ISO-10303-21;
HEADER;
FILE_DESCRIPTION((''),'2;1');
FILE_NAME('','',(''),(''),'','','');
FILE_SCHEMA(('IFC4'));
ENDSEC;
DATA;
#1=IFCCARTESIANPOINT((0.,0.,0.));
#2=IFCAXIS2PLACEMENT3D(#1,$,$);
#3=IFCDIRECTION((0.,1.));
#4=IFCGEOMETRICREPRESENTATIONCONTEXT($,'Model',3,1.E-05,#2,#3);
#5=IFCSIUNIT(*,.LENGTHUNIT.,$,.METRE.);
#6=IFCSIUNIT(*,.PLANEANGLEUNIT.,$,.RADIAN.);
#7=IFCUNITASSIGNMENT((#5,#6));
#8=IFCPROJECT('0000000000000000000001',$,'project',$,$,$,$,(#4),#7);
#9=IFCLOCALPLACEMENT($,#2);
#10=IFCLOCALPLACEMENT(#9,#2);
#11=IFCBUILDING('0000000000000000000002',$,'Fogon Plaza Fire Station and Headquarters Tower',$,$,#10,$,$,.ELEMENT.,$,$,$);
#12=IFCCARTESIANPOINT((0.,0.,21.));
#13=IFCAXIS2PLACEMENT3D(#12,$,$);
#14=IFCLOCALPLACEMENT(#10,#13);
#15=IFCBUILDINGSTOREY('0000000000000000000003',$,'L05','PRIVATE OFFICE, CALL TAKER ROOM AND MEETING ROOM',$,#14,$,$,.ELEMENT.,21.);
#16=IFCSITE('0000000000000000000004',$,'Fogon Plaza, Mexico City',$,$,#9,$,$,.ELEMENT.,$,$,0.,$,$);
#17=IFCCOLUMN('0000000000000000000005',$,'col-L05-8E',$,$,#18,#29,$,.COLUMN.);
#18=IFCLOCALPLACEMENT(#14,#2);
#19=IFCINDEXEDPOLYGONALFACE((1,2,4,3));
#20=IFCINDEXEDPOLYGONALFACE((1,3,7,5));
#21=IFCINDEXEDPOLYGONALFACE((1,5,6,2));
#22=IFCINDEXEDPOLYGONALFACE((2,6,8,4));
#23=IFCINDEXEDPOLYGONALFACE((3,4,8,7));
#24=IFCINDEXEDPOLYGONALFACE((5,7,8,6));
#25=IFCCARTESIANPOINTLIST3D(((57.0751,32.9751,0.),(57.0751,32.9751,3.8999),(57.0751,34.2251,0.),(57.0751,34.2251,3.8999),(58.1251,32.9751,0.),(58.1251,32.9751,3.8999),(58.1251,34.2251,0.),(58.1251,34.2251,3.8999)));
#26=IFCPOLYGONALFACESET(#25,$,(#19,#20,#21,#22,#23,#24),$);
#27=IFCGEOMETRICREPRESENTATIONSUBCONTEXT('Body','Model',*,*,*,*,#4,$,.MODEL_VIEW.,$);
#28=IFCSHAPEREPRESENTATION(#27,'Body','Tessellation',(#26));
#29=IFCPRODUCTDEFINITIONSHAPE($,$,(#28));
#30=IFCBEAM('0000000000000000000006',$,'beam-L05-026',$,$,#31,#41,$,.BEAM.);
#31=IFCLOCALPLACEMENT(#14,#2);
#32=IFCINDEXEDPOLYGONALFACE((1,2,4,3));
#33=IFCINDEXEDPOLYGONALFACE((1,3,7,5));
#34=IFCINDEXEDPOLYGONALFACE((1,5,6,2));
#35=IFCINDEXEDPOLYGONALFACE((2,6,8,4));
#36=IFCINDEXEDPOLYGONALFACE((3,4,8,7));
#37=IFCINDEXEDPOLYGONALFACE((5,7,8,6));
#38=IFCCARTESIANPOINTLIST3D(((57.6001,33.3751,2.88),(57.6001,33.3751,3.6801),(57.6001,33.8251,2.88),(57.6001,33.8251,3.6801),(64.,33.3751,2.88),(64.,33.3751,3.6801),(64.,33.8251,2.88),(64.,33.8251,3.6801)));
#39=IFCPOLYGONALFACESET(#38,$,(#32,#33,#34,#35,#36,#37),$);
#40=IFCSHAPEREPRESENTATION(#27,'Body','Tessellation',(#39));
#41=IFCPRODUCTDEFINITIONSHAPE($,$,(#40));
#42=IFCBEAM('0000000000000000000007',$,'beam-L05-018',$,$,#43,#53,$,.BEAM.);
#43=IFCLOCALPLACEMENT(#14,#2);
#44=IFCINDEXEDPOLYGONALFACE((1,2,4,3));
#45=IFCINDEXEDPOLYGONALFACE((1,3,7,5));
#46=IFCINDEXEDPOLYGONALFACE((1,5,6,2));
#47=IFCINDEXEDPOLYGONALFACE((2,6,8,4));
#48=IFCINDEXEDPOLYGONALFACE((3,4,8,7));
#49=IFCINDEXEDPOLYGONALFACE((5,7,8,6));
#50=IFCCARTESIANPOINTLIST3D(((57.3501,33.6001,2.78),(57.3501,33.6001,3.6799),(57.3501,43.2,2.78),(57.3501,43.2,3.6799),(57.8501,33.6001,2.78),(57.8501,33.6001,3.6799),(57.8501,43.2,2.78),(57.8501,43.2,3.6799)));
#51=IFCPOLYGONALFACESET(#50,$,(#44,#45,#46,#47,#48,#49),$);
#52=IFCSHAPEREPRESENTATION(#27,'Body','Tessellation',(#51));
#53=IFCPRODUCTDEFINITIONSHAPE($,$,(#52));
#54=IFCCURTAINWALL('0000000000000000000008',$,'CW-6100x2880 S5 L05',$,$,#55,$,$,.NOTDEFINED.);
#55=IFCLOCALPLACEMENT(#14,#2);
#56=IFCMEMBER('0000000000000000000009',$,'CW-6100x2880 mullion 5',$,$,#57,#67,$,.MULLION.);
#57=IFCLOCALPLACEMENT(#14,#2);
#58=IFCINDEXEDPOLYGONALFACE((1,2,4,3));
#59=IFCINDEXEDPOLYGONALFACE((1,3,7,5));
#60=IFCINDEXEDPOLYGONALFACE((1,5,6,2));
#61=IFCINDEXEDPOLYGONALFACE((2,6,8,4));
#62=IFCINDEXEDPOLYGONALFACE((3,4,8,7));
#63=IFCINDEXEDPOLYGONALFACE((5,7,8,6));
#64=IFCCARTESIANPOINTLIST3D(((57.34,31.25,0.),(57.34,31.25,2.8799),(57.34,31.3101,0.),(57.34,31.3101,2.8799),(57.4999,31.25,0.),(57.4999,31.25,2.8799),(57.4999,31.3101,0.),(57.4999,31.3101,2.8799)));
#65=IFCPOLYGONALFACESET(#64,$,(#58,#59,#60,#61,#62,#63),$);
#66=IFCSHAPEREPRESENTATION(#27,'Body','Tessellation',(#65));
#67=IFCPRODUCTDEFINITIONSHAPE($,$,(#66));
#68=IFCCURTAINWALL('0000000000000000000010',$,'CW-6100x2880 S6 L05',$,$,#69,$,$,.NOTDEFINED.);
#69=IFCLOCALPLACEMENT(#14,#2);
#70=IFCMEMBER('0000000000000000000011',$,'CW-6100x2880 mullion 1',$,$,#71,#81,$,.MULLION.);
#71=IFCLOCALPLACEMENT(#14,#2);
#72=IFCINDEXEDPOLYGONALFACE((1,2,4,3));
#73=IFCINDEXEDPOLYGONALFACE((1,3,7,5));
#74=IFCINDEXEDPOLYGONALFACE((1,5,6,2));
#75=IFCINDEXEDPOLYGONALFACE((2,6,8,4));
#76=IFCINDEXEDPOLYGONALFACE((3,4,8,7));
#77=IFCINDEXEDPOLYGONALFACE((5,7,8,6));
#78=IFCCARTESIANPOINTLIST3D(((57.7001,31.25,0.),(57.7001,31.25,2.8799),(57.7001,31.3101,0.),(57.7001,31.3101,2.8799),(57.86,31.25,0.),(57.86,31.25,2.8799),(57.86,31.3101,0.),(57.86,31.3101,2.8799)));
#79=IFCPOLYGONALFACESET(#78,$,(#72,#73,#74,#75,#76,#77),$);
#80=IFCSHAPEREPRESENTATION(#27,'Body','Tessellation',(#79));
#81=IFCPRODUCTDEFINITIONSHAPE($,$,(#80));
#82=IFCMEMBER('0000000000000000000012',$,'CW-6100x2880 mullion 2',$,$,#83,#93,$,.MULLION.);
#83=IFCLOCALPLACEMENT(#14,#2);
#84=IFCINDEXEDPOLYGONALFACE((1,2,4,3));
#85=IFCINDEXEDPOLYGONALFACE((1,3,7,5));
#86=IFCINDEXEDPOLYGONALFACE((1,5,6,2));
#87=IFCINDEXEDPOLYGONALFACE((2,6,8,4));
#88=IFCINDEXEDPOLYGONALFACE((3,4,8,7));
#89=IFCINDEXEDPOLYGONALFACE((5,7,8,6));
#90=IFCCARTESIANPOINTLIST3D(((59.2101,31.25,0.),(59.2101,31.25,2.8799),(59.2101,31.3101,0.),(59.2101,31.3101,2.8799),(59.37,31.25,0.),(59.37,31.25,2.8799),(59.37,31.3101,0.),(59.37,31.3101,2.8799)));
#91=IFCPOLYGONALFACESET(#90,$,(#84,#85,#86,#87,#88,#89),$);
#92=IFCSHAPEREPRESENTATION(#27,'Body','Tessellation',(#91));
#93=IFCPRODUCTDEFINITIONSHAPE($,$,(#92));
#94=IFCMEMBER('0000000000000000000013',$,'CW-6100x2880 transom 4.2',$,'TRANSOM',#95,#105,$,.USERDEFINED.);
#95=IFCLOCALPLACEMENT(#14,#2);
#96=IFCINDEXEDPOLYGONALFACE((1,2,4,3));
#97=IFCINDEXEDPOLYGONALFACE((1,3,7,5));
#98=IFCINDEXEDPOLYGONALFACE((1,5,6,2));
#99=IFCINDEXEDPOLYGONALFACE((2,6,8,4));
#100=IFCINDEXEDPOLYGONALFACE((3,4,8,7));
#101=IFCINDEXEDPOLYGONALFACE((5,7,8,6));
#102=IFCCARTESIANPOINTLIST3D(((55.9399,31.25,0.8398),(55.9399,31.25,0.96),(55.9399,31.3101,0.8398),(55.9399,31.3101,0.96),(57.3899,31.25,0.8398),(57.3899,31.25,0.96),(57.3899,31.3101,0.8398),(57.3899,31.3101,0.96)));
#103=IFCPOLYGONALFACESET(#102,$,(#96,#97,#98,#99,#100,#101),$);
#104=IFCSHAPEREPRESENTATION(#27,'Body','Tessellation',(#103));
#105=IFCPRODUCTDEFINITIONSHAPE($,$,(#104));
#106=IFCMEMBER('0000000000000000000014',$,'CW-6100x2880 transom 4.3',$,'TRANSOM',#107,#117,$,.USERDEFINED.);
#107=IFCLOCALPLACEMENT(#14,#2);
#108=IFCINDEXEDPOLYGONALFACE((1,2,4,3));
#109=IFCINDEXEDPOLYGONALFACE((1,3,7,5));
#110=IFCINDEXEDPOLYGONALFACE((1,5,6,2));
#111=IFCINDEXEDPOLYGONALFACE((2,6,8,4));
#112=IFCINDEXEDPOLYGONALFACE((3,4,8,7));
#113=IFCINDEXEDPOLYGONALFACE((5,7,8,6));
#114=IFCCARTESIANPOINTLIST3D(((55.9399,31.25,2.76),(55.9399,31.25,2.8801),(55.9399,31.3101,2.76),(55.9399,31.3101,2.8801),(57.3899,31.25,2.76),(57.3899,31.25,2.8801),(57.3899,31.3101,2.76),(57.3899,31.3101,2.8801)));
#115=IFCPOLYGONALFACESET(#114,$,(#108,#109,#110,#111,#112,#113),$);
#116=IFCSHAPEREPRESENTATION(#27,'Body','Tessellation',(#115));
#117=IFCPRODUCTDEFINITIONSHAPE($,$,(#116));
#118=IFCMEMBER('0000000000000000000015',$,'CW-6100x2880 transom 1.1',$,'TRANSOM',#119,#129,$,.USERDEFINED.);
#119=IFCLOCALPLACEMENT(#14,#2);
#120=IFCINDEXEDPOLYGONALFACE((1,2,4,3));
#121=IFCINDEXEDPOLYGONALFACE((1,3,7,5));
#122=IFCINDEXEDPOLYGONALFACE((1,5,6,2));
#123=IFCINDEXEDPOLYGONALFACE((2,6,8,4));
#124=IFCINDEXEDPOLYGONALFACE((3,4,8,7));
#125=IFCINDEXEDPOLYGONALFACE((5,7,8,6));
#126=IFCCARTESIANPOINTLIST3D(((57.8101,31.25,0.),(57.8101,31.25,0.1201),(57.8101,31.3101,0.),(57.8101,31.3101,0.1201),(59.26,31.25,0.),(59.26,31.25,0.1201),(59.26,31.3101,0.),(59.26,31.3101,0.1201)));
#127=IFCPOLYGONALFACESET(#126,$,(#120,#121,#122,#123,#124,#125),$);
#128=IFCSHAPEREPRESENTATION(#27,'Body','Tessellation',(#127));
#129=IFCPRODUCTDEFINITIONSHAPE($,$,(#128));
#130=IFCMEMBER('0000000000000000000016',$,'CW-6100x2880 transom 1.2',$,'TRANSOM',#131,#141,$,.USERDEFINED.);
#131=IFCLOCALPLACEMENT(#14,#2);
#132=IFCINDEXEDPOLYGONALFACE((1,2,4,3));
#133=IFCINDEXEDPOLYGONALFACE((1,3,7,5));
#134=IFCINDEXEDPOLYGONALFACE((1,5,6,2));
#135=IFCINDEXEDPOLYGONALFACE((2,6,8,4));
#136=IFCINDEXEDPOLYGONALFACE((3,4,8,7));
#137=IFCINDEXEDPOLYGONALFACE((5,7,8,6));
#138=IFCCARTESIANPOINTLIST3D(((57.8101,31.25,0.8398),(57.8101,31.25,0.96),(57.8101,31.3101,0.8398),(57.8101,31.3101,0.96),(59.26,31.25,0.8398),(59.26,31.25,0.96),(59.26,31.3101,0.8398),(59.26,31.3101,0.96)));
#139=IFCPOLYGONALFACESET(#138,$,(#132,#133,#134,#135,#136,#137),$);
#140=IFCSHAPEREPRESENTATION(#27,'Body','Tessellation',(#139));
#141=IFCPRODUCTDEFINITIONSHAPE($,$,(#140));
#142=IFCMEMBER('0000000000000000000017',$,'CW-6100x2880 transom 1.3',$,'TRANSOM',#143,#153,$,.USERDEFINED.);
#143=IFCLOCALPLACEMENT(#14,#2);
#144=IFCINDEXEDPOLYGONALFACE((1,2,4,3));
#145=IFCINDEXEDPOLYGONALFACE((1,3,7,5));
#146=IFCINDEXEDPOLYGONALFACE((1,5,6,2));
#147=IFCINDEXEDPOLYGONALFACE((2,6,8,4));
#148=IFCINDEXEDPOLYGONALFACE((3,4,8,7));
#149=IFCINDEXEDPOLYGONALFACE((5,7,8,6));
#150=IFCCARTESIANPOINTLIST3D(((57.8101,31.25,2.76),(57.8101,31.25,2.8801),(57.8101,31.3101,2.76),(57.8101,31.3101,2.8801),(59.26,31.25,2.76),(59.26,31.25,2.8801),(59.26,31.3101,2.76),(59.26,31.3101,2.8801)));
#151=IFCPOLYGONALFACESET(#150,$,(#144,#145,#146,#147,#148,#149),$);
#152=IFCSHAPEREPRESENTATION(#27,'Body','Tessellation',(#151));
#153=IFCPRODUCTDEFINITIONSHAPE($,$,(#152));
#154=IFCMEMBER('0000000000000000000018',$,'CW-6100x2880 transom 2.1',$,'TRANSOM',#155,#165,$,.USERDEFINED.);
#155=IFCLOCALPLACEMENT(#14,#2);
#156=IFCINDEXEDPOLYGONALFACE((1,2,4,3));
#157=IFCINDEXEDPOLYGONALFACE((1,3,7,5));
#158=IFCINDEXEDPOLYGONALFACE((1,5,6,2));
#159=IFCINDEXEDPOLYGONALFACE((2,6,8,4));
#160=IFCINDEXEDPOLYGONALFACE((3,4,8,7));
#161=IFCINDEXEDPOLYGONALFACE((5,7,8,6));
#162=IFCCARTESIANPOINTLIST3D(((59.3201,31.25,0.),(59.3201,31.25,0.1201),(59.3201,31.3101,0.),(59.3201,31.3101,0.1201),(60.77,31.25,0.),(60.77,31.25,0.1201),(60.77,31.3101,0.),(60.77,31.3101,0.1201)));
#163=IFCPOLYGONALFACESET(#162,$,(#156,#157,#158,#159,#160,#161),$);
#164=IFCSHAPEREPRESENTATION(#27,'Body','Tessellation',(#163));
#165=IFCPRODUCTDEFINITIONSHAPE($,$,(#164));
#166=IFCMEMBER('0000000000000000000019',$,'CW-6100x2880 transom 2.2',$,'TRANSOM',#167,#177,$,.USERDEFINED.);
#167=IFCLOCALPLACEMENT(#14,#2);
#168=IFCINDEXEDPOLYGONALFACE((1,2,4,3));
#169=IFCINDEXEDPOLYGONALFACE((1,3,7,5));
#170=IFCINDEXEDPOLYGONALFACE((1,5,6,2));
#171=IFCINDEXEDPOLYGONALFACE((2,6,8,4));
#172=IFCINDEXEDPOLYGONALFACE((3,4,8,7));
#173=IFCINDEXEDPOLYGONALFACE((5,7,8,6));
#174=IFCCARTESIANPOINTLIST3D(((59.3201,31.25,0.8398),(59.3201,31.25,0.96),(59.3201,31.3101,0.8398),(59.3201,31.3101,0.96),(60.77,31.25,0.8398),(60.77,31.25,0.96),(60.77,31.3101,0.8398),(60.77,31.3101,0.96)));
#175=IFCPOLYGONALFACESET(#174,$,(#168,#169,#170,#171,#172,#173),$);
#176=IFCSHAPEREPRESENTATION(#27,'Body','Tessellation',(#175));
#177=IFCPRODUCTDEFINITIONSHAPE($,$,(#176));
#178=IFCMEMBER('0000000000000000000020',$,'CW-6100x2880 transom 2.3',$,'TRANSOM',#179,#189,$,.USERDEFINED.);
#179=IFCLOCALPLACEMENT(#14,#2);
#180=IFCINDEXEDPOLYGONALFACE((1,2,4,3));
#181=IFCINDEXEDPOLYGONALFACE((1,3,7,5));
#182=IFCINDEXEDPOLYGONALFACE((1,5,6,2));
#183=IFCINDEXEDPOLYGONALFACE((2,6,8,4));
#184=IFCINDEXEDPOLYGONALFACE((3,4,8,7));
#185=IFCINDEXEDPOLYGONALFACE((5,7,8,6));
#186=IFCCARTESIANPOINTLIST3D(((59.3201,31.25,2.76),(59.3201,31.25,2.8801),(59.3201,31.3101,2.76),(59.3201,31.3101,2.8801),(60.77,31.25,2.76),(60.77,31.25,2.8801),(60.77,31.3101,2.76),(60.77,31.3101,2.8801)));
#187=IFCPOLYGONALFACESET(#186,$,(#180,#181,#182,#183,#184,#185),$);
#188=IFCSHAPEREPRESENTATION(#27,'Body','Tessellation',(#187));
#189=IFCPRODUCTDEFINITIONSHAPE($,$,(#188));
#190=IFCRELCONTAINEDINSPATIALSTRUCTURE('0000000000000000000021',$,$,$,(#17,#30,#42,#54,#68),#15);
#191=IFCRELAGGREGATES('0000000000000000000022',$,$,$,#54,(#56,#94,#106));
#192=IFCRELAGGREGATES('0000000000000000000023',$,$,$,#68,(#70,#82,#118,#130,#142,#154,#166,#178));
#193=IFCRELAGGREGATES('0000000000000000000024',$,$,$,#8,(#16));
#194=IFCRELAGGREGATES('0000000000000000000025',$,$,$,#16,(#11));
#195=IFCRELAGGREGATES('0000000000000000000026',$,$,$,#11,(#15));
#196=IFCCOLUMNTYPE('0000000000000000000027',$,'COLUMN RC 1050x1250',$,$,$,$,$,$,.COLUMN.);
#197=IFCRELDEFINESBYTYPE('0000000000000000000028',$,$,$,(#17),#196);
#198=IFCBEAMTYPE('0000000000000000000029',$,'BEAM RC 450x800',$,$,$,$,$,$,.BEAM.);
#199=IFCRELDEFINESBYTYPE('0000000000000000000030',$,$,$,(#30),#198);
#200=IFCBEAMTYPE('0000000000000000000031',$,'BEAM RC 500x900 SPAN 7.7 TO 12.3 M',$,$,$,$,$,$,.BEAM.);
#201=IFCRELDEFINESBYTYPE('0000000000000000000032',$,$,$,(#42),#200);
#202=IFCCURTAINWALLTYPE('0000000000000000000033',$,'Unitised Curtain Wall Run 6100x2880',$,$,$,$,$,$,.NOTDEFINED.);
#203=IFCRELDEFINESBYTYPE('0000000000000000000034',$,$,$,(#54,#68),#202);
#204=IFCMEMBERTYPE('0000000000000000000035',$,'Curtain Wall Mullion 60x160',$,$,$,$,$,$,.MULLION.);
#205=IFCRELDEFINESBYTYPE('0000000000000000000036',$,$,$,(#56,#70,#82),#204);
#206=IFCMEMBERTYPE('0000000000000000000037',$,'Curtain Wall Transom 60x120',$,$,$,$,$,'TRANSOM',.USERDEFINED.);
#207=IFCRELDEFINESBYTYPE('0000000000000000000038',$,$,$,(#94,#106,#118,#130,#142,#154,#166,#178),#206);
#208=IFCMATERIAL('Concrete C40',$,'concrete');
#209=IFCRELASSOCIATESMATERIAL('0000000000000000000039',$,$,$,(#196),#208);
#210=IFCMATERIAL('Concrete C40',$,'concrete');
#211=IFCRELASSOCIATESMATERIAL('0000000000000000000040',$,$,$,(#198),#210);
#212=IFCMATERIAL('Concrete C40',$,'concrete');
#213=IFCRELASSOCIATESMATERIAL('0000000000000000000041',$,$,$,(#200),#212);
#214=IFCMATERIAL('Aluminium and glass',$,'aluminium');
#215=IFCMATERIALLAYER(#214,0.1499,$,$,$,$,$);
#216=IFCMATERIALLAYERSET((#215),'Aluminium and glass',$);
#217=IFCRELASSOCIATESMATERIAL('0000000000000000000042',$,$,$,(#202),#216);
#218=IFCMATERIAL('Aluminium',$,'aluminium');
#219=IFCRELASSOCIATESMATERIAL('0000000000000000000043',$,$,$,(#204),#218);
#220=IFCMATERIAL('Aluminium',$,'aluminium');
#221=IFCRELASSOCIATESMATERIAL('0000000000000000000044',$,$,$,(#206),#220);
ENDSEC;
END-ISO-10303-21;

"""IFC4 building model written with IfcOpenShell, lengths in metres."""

from ifc_helpers import new_model, si_unit, direction, frame, origin, origin_2d, place, context, subcontext, project, spatial, rectangle, extrude, material, layer, layer_set, material_profile, profile_set, type_object, element, aggregate, save


model = new_model("IFC4")

# Units and contexts
model_context = context("Model", 3, precision=1e-05, world=origin(), true_north=direction((0.0, 1.0)))
body_context = subcontext(model_context, "Body", "Model", "MODEL_VIEW")
ifc_project = project(units=[si_unit("LENGTHUNIT", "METRE"), si_unit("PLANEANGLEUNIT", "RADIAN")], contexts=[model_context])

# Site, building, storey
site_placement = place(None, origin())
site = spatial("IfcSite", under=ifc_project, at=site_placement, Name="Fogon Plaza, Mexico City", CompositionType="ELEMENT", RefElevation=0.0)
building_placement = place(site_placement, origin())
building = spatial("IfcBuilding", under=site, at=building_placement, Name="Fogon Plaza Fire Station and Headquarters Tower", CompositionType="ELEMENT")
storey_placement = place(building_placement, frame((0.0, 0.0, 21.0)))
storey = spatial("IfcBuildingStorey", under=building, at=storey_placement, Name="L05", Description="PRIVATE OFFICE, CALL TAKER ROOM AND MEETING ROOM", CompositionType="ELEMENT", Elevation=21.0)

# Column
ifc_material_1 = material(Name="Concrete C40", Category="concrete")
ifc_material_profile_1 = material_profile(ifc_material_1, rectangle(XDim=1.05, YDim=1.25, at=origin_2d()), Name="RC 1050x1250")
ifc_profile_set_1 = profile_set([ifc_material_profile_1], Name="Concrete C40")
column_type = type_object("IfcColumnType", Name="COLUMN RC 1050x1250", PredefinedType="COLUMN", material=ifc_profile_set_1)
column_placement = place(storey_placement, frame((57.6001, 33.6001, 0.0), z_axis=(0.0, 0.0, 1.0), x_axis=(1.0, 0.0, 0.0)))
element("IfcColumn", 1, at=column_placement, inside=storey, type_object=column_type, Name="col-L05-8E", PredefinedType="COLUMN", context=body_context, shape_type="SweptSolid", body=[
    extrude(rectangle(XDim=1.05, YDim=1.25, at=origin_2d()), origin(), (0.0, 0.0, 1.0), 3.8999),
])

# Beams
ifc_material_2 = material(Name="Concrete C40", Category="concrete")
ifc_material_profile_2 = material_profile(ifc_material_2, rectangle(XDim=0.45, YDim=0.8, at=origin_2d()), Name="RC 450x800")
ifc_profile_set_2 = profile_set([ifc_material_profile_2], Name="Concrete C40")
beam_type_1 = type_object("IfcBeamType", Name="BEAM RC 450x800", PredefinedType="BEAM", material=ifc_profile_set_2)
beam_1_placement = place(storey_placement, frame((57.6001, 33.6001, 3.28), z_axis=(1.0, 0.0, 0.0), x_axis=(0.0, 1.0, 0.0)))
element("IfcBeam", 2, at=beam_1_placement, inside=storey, type_object=beam_type_1, Name="beam-L05-026", PredefinedType="BEAM", context=body_context, shape_type="SweptSolid", body=[
    extrude(rectangle(XDim=0.45, YDim=0.8, at=origin_2d()), origin(), (0.0, 0.0, 1.0), 6.3999),
])
ifc_material_3 = material(Name="Concrete C40", Category="concrete")
ifc_material_profile_3 = material_profile(ifc_material_3, rectangle(XDim=0.5, YDim=0.8999, at=origin_2d()), Name="RC 500x900")
ifc_profile_set_3 = profile_set([ifc_material_profile_3], Name="Concrete C40")
beam_type_2 = type_object("IfcBeamType", Name="BEAM RC 500x900 SPAN 7.7 TO 12.3 M", PredefinedType="BEAM", material=ifc_profile_set_3)
beam_2_placement = place(storey_placement, frame((57.6001, 33.6001, 3.23), z_axis=(0.0, 1.0, 0.0), x_axis=(-1.0, 0.0, 0.0)))
element("IfcBeam", 3, at=beam_2_placement, inside=storey, type_object=beam_type_2, Name="beam-L05-018", PredefinedType="BEAM", context=body_context, shape_type="SweptSolid", body=[
    extrude(rectangle(XDim=0.5, YDim=0.8999, at=origin_2d()), origin(), (0.0, 0.0, 1.0), 9.5999),
])

# Curtain wall, member
ifc_material_4 = material(Name="Aluminium and glass", Category="aluminium")
ifc_layer_1 = layer(ifc_material_4, 0.1499)
ifc_layer_set_1 = layer_set([ifc_layer_1], Name="Aluminium and glass")
curtain_wall_type = type_object("IfcCurtainWallType", Name="Unitised Curtain Wall Run 6100x2880", PredefinedType="NOTDEFINED", material=ifc_layer_set_1)
curtain_wall_1_placement = place(storey_placement, origin())
curtain_wall_1 = element("IfcCurtainWall", 4, at=curtain_wall_1_placement, inside=storey, type_object=curtain_wall_type, Name="CW-6100x2880 S5 L05", PredefinedType="NOTDEFINED")
ifc_material_5 = material(Name="Aluminium", Category="aluminium")
ifc_material_profile_4 = material_profile(ifc_material_5, rectangle(XDim=0.0601, YDim=0.1599, at=origin_2d()), Name="Curtain Wall Mullion 60x160")
ifc_profile_set_4 = profile_set([ifc_material_profile_4], Name="Aluminium")
member_type_1 = type_object("IfcMemberType", Name="Curtain Wall Mullion 60x160", PredefinedType="MULLION", material=ifc_profile_set_4)
member_1_placement = place(storey_placement, frame((57.4199, 31.28, 0.0), z_axis=(0.0, 0.0, 1.0), x_axis=(0.0, 1.0, 0.0)))
member_1 = element("IfcMember", 5, at=member_1_placement, type_object=member_type_1, Name="CW-6100x2880 mullion 5", PredefinedType="MULLION", context=body_context, shape_type="SweptSolid", body=[
    extrude(rectangle(XDim=0.0601, YDim=0.1599, at=origin_2d()), origin(), (0.0, 0.0, 1.0), 2.8799),
])

# Curtain wall, members
curtain_wall_2_placement = place(storey_placement, origin())
curtain_wall_2 = element("IfcCurtainWall", 6, at=curtain_wall_2_placement, inside=storey, type_object=curtain_wall_type, Name="CW-6100x2880 S6 L05", PredefinedType="NOTDEFINED")
member_2_placement = place(storey_placement, frame((57.78, 31.28, 0.0), z_axis=(0.0, 0.0, 1.0), x_axis=(0.0, 1.0, 0.0)))
member_2 = element("IfcMember", 7, at=member_2_placement, type_object=member_type_1, Name="CW-6100x2880 mullion 1", PredefinedType="MULLION", context=body_context, shape_type="SweptSolid", body=[
    extrude(rectangle(XDim=0.0601, YDim=0.1599, at=origin_2d()), origin(), (0.0, 0.0, 1.0), 2.8799),
])
member_3_placement = place(storey_placement, frame((59.29, 31.28, 0.0), z_axis=(0.0, 0.0, 1.0), x_axis=(0.0, 1.0, 0.0)))
member_3 = element("IfcMember", 8, at=member_3_placement, type_object=member_type_1, Name="CW-6100x2880 mullion 2", PredefinedType="MULLION", context=body_context, shape_type="SweptSolid", body=[
    extrude(rectangle(XDim=0.0601, YDim=0.1599, at=origin_2d()), origin(), (0.0, 0.0, 1.0), 2.8799),
])

# Members
ifc_material_6 = material(Name="Aluminium", Category="aluminium")
ifc_material_profile_5 = material_profile(ifc_material_6, rectangle(XDim=0.0601, YDim=0.1201, at=origin_2d()), Name="Curtain Wall Transom 60x120")
ifc_profile_set_5 = profile_set([ifc_material_profile_5], Name="Aluminium")
member_type_2 = type_object("IfcMemberType", Name="Curtain Wall Transom 60x120", ElementType="TRANSOM", PredefinedType="USERDEFINED", material=ifc_profile_set_5)
member_4_placement = place(storey_placement, frame((55.9399, 31.28, 0.8999), z_axis=(1.0, 0.0, 0.0), x_axis=(0.0, 1.0, 0.0)))
member_4 = element("IfcMember", 9, at=member_4_placement, type_object=member_type_2, Name="CW-6100x2880 transom 4.2", ObjectType="TRANSOM", PredefinedType="USERDEFINED", context=body_context, shape_type="SweptSolid", body=[
    extrude(rectangle(XDim=0.0601, YDim=0.1201, at=origin_2d()), origin(), (0.0, 0.0, 1.0), 1.45),
])
member_5_placement = place(storey_placement, frame((55.9399, 31.28, 2.8201), z_axis=(1.0, 0.0, 0.0), x_axis=(0.0, 1.0, 0.0)))
member_5 = element("IfcMember", 10, at=member_5_placement, type_object=member_type_2, Name="CW-6100x2880 transom 4.3", ObjectType="TRANSOM", PredefinedType="USERDEFINED", context=body_context, shape_type="SweptSolid", body=[
    extrude(rectangle(XDim=0.0601, YDim=0.1201, at=origin_2d()), origin(), (0.0, 0.0, 1.0), 1.45),
])
member_6_placement = place(storey_placement, frame((57.8101, 31.28, 0.0601), z_axis=(1.0, 0.0, 0.0), x_axis=(0.0, 1.0, 0.0)))
member_6 = element("IfcMember", 11, at=member_6_placement, type_object=member_type_2, Name="CW-6100x2880 transom 1.1", ObjectType="TRANSOM", PredefinedType="USERDEFINED", context=body_context, shape_type="SweptSolid", body=[
    extrude(rectangle(XDim=0.0601, YDim=0.1201, at=origin_2d()), origin(), (0.0, 0.0, 1.0), 1.45),
])
member_7_placement = place(storey_placement, frame((57.8101, 31.28, 0.8999), z_axis=(1.0, 0.0, 0.0), x_axis=(0.0, 1.0, 0.0)))
member_7 = element("IfcMember", 12, at=member_7_placement, type_object=member_type_2, Name="CW-6100x2880 transom 1.2", ObjectType="TRANSOM", PredefinedType="USERDEFINED", context=body_context, shape_type="SweptSolid", body=[
    extrude(rectangle(XDim=0.0601, YDim=0.1201, at=origin_2d()), origin(), (0.0, 0.0, 1.0), 1.45),
])
member_8_placement = place(storey_placement, frame((57.8101, 31.28, 2.8201), z_axis=(1.0, 0.0, 0.0), x_axis=(0.0, 1.0, 0.0)))
member_8 = element("IfcMember", 13, at=member_8_placement, type_object=member_type_2, Name="CW-6100x2880 transom 1.3", ObjectType="TRANSOM", PredefinedType="USERDEFINED", context=body_context, shape_type="SweptSolid", body=[
    extrude(rectangle(XDim=0.0601, YDim=0.1201, at=origin_2d()), origin(), (0.0, 0.0, 1.0), 1.45),
])
member_9_placement = place(storey_placement, frame((59.3201, 31.28, 0.0601), z_axis=(1.0, 0.0, 0.0), x_axis=(0.0, 1.0, 0.0)))
member_9 = element("IfcMember", 14, at=member_9_placement, type_object=member_type_2, Name="CW-6100x2880 transom 2.1", ObjectType="TRANSOM", PredefinedType="USERDEFINED", context=body_context, shape_type="SweptSolid", body=[
    extrude(rectangle(XDim=0.0601, YDim=0.1201, at=origin_2d()), origin(), (0.0, 0.0, 1.0), 1.45),
])
member_10_placement = place(storey_placement, frame((59.3201, 31.28, 0.8999), z_axis=(1.0, 0.0, 0.0), x_axis=(0.0, 1.0, 0.0)))
member_10 = element("IfcMember", 15, at=member_10_placement, type_object=member_type_2, Name="CW-6100x2880 transom 2.2", ObjectType="TRANSOM", PredefinedType="USERDEFINED", context=body_context, shape_type="SweptSolid", body=[
    extrude(rectangle(XDim=0.0601, YDim=0.1201, at=origin_2d()), origin(), (0.0, 0.0, 1.0), 1.45),
])
member_11_placement = place(storey_placement, frame((59.3201, 31.28, 2.8201), z_axis=(1.0, 0.0, 0.0), x_axis=(0.0, 1.0, 0.0)))
member_11 = element("IfcMember", 16, at=member_11_placement, type_object=member_type_2, Name="CW-6100x2880 transom 2.3", ObjectType="TRANSOM", PredefinedType="USERDEFINED", context=body_context, shape_type="SweptSolid", body=[
    extrude(rectangle(XDim=0.0601, YDim=0.1201, at=origin_2d()), origin(), (0.0, 0.0, 1.0), 1.45),
])

aggregate(curtain_wall_1, [member_1, member_4, member_5])
aggregate(curtain_wall_2, [member_2, member_3, member_6, member_7, member_8, member_9, member_10, member_11])

save(model, "model.ifc")
